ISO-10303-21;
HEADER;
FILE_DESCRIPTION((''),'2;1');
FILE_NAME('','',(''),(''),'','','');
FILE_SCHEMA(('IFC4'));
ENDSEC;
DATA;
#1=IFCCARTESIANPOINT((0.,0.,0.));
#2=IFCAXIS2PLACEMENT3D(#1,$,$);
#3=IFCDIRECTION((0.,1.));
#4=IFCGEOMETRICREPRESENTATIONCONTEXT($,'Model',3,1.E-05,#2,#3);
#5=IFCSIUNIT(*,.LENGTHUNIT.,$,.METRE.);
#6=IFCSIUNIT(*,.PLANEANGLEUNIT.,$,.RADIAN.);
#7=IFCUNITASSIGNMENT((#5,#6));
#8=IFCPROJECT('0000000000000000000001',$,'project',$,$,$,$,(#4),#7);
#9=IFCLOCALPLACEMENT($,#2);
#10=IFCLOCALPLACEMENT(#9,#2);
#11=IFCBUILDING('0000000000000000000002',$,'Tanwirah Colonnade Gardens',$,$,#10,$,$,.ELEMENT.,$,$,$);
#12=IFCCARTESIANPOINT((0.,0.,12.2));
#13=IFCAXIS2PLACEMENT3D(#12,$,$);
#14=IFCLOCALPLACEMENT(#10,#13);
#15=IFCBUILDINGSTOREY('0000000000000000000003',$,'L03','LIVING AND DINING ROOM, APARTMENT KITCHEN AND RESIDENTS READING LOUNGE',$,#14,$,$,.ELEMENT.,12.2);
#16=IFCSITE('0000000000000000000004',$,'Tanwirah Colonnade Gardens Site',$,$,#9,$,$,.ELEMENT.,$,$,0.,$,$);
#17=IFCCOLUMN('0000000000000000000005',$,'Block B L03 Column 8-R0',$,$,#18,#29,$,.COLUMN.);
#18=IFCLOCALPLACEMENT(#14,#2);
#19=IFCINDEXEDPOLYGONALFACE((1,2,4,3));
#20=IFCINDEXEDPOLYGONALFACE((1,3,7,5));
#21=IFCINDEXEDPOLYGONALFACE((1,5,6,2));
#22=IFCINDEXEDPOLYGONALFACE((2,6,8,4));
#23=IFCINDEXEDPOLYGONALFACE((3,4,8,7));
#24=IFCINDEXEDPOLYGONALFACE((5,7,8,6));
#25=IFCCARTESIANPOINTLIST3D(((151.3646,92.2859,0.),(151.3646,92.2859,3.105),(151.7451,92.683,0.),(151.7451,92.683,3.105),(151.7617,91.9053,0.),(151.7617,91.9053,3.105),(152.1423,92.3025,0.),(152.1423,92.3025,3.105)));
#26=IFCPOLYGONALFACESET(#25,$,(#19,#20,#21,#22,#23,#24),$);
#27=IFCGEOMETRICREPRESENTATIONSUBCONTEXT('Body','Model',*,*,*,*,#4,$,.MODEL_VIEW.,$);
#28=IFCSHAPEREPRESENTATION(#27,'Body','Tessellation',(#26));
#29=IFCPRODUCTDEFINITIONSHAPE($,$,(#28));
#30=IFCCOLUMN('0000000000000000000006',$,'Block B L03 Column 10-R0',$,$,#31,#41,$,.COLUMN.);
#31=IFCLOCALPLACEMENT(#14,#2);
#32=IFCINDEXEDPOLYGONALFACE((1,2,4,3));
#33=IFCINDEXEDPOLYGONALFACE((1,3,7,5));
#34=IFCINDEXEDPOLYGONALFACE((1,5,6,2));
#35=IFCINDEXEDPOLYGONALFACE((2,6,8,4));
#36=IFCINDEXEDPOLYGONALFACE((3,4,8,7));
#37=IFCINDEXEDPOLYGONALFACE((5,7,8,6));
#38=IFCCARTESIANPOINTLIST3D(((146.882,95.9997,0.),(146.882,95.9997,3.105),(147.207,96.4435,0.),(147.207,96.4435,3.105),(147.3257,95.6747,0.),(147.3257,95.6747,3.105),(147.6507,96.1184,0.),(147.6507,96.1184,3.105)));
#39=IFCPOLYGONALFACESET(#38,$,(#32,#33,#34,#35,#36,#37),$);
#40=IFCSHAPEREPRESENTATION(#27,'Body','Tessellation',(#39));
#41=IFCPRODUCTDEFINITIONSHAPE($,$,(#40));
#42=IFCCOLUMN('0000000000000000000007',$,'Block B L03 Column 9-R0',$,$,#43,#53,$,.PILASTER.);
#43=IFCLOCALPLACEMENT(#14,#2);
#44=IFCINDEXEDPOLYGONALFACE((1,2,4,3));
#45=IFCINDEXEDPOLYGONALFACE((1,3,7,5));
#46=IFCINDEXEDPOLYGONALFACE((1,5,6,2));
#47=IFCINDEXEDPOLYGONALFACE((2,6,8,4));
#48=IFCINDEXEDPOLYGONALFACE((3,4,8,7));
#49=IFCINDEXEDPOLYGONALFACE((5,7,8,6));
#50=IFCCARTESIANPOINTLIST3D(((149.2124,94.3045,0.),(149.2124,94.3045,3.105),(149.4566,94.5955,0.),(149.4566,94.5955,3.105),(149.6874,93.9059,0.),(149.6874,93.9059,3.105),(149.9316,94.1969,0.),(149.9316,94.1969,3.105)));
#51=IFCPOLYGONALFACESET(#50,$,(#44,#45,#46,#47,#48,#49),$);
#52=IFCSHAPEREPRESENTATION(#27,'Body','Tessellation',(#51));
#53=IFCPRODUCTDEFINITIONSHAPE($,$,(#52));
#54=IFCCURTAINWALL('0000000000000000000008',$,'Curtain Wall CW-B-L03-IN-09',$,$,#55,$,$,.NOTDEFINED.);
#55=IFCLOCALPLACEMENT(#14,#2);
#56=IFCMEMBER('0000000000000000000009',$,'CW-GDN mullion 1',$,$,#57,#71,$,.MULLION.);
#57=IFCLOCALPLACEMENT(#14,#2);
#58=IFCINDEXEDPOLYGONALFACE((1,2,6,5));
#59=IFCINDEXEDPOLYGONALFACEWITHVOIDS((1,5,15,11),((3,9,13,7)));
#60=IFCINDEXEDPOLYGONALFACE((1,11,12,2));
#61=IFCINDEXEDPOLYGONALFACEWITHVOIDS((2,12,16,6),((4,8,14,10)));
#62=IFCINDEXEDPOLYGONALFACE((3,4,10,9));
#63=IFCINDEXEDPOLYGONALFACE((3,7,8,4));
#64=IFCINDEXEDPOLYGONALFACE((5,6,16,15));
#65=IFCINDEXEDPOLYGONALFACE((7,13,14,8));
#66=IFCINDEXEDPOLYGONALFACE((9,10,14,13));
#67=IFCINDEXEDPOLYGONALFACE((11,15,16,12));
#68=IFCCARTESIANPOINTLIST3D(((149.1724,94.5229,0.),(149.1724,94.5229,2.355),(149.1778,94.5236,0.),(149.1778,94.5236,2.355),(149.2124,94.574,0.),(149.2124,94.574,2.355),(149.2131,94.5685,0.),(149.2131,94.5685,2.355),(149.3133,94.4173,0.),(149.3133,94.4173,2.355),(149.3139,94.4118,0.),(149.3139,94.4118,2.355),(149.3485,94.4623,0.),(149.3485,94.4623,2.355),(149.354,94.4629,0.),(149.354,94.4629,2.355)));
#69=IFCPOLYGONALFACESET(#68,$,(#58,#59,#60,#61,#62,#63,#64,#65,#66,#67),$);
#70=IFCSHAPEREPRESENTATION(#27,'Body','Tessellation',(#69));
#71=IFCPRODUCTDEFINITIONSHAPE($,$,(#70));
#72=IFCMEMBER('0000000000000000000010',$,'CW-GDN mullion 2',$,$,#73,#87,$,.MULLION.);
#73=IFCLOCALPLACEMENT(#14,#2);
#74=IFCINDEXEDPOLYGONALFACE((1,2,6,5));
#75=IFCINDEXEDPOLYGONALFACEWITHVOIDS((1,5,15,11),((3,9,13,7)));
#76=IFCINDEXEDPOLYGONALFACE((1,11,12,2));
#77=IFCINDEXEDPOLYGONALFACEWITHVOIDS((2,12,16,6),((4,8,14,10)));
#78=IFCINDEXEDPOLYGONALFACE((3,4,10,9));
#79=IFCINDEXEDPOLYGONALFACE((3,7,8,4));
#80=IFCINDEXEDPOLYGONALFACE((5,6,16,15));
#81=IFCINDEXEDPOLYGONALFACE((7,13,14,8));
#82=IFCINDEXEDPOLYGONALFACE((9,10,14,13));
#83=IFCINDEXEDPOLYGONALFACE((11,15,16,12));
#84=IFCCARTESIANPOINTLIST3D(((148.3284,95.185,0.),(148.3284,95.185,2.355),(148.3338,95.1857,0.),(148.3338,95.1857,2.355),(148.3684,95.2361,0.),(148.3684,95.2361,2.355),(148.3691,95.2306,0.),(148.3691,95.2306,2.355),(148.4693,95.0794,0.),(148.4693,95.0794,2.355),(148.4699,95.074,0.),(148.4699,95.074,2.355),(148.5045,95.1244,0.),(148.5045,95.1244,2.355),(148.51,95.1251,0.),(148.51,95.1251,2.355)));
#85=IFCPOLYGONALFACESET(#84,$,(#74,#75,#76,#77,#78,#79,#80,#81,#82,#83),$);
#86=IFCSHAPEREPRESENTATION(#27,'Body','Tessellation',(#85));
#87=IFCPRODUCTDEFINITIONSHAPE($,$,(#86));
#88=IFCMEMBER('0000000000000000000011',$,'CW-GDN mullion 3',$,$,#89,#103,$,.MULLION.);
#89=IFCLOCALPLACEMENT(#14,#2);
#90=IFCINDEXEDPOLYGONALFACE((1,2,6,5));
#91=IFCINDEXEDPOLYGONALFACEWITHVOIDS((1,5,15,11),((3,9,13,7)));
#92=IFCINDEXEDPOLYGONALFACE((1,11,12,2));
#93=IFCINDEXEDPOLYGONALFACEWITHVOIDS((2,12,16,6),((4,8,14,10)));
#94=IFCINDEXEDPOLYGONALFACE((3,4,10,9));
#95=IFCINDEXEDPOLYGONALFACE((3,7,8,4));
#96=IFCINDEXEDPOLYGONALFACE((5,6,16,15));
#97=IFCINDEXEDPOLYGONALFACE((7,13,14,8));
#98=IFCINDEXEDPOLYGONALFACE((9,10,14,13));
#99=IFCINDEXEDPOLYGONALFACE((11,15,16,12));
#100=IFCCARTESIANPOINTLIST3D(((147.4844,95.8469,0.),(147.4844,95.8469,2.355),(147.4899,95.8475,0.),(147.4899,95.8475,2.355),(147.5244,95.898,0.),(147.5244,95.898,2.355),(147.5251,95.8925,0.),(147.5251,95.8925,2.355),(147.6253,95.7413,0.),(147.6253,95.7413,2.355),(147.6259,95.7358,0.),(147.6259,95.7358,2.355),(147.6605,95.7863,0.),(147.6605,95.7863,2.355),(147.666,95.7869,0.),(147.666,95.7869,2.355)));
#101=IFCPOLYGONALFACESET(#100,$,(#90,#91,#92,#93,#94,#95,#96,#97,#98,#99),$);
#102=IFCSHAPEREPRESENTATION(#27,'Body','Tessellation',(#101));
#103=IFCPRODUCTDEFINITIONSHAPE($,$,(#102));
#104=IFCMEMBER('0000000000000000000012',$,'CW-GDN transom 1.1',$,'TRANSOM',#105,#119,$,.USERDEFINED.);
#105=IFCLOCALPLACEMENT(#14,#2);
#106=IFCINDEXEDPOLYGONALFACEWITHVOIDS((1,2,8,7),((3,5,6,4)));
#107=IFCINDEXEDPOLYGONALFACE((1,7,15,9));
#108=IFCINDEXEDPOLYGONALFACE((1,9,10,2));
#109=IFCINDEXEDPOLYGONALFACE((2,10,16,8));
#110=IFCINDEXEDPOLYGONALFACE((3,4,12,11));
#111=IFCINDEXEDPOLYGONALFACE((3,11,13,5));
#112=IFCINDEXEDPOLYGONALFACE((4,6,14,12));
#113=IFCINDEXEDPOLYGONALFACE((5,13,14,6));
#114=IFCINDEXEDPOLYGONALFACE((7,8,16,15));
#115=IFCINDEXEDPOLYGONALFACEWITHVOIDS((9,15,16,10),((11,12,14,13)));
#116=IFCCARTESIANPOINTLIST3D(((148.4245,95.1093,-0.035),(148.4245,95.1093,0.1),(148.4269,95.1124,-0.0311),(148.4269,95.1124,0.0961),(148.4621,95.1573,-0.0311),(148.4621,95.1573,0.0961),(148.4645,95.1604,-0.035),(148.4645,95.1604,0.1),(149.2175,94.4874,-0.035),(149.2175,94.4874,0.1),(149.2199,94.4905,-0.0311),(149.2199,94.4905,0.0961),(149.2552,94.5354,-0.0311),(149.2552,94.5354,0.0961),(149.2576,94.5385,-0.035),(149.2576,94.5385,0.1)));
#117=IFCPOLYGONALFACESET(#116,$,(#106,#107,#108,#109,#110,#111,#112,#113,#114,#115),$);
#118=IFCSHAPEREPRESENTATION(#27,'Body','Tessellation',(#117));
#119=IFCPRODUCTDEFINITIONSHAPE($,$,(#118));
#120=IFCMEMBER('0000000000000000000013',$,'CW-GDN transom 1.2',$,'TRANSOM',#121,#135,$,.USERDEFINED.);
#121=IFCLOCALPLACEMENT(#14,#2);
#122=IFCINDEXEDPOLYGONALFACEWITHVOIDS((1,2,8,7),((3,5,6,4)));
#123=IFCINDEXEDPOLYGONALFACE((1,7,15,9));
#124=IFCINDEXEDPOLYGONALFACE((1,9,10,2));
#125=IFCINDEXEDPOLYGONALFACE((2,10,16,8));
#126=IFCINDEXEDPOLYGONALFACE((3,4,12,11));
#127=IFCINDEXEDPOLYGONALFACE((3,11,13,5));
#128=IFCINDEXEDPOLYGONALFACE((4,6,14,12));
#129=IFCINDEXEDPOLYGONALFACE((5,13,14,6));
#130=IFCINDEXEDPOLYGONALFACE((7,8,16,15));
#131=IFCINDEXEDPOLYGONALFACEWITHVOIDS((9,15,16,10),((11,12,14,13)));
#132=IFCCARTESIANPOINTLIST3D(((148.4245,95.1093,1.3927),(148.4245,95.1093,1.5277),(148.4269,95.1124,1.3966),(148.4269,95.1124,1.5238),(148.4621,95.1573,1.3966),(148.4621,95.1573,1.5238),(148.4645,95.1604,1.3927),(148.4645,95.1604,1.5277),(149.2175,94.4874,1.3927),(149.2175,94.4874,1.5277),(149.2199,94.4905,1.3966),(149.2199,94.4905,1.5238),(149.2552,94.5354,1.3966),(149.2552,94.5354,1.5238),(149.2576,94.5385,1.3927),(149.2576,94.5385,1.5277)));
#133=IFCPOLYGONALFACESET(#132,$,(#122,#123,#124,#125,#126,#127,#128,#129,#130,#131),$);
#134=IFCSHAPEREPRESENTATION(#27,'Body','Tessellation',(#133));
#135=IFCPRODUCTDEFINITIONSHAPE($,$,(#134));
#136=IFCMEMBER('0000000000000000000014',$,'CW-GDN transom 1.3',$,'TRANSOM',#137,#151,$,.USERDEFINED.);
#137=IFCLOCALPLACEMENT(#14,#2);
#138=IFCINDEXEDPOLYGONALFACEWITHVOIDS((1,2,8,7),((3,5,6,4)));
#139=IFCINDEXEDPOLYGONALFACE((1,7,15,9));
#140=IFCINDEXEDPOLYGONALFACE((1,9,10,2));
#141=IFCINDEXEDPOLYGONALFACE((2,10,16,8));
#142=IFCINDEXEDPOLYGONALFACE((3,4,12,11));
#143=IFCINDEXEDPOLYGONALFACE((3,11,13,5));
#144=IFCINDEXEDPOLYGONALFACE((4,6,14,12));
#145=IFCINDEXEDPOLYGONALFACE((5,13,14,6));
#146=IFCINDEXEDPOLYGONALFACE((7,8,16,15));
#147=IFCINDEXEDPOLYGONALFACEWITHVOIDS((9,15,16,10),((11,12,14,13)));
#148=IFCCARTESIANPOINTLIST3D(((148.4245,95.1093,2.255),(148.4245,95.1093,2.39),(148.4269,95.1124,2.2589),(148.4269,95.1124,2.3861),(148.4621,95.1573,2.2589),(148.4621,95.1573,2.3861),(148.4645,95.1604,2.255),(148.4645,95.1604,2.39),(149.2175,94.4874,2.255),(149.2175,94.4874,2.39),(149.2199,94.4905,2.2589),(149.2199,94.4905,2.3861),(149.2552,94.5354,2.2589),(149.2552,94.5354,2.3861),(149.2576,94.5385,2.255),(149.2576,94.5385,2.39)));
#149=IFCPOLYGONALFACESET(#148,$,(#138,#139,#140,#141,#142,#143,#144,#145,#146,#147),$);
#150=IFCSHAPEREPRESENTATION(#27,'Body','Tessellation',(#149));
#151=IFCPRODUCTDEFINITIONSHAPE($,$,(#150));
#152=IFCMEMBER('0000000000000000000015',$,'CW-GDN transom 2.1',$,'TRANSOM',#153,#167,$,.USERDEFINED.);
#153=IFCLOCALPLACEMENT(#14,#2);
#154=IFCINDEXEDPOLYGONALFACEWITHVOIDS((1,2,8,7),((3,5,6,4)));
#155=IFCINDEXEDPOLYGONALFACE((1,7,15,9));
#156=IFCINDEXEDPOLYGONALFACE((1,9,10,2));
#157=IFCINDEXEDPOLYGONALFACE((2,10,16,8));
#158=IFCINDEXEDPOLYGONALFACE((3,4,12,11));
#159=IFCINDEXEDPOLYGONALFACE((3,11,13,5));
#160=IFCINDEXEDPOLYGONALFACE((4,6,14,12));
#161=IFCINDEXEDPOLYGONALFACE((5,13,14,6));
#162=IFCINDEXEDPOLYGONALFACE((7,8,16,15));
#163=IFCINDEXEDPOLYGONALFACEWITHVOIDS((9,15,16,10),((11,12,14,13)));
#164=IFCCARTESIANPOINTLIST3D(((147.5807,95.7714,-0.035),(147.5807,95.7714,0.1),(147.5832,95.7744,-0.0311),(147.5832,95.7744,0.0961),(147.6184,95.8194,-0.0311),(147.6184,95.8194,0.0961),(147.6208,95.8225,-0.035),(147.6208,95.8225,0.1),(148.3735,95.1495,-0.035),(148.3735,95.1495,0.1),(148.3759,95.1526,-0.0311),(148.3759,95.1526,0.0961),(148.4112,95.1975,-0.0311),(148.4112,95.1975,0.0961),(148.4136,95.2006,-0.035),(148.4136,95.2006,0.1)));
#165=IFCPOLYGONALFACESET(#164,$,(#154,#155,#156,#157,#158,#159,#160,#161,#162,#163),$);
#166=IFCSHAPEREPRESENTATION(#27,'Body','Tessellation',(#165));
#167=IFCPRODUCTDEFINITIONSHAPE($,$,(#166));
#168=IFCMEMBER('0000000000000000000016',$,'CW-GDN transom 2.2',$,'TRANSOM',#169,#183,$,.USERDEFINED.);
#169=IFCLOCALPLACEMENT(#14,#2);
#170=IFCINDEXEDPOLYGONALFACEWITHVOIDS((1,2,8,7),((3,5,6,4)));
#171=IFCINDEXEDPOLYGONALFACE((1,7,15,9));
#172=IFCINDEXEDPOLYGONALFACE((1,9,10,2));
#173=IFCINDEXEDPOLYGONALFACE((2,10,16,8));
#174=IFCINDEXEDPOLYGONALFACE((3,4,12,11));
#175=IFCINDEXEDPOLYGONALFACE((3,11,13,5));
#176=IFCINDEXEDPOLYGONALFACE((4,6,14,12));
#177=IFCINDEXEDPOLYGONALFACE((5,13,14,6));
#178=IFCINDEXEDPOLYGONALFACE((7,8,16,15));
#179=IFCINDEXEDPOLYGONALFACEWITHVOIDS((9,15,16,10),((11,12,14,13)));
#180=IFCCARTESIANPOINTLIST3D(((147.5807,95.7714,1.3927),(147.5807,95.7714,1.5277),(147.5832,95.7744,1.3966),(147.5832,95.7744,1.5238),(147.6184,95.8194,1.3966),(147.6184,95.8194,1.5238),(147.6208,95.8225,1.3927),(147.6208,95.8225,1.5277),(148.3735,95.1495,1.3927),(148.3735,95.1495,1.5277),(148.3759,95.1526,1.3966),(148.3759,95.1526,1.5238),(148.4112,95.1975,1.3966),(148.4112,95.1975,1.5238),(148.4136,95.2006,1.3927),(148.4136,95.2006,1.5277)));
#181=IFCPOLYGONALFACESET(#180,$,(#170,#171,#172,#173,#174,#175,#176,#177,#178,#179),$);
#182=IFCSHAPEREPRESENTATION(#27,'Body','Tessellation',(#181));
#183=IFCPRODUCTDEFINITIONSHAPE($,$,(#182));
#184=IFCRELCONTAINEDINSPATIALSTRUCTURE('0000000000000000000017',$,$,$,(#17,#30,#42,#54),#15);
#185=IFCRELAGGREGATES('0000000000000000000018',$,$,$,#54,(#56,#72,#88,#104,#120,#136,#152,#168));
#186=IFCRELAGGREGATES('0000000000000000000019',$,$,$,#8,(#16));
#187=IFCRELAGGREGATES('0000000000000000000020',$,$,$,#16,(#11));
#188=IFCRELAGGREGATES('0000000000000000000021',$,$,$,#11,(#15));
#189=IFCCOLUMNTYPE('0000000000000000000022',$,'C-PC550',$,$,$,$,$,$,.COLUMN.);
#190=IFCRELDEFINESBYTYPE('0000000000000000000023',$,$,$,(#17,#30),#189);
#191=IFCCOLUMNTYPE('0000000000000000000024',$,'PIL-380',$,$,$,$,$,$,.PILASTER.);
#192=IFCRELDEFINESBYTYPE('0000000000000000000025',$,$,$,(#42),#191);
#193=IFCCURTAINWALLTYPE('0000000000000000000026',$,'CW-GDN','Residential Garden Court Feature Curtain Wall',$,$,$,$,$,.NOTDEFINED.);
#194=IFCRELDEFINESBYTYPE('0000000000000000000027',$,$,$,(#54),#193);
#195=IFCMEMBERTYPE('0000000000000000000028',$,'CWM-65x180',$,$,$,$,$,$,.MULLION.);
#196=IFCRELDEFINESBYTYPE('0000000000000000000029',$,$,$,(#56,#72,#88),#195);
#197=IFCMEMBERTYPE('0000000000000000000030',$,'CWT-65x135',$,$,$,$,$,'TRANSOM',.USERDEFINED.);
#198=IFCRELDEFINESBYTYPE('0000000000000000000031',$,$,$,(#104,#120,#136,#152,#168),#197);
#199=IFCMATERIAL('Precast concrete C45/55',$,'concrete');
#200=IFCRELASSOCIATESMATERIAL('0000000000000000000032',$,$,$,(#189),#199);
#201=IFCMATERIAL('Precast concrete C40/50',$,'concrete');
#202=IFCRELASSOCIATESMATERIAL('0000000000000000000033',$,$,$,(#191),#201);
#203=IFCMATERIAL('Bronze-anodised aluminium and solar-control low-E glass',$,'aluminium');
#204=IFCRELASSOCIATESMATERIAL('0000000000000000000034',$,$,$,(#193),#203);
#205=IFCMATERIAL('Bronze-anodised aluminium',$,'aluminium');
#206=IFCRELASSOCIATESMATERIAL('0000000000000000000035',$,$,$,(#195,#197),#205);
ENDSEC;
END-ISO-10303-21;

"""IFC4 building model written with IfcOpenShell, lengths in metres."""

from ifc_helpers import new_model, si_unit, direction, frame, origin, origin_2d, place, context, subcontext, project, spatial, rectangle, hollow_rectangle, extrude, material, material_profile, profile_set, type_object, element, aggregate, save


model = new_model("IFC4")

# Units and contexts
model_context = context("Model", 3, precision=1e-05, world=origin(), true_north=direction((0.0, 1.0)))
body_context = subcontext(model_context, "Body", "Model", "MODEL_VIEW")
ifc_project = project(units=[si_unit("LENGTHUNIT", "METRE"), si_unit("PLANEANGLEUNIT", "RADIAN")], contexts=[model_context])

# Site, building, storey
site_placement = place(None, origin())
site = spatial("IfcSite", under=ifc_project, at=site_placement, Name="Tanwirah Colonnade Gardens Site", CompositionType="ELEMENT", RefElevation=0.0)
building_placement = place(site_placement, origin())
building = spatial("IfcBuilding", under=site, at=building_placement, Name="Tanwirah Colonnade Gardens", CompositionType="ELEMENT")
storey_placement = place(building_placement, frame((0.0, 0.0, 12.2)))
storey = spatial("IfcBuildingStorey", under=building, at=storey_placement, Name="L03", Description="LIVING AND DINING ROOM, APARTMENT KITCHEN AND RESIDENTS READING LOUNGE", CompositionType="ELEMENT", Elevation=12.2)

# Columns
ifc_material_1 = material(Name="Precast concrete C45/55", Category="concrete")
ifc_material_profile_1 = material_profile(ifc_material_1, rectangle(XDim=0.55, YDim=0.55, at=origin_2d()), Name="PC-COL 550x550")
ifc_profile_set_1 = profile_set([ifc_material_profile_1], Name="Precast concrete C45/55")
column_type_1 = type_object("IfcColumnType", Name="C-PC550", PredefinedType="COLUMN", material=ifc_profile_set_1)
for number, where, z_axis, x_axis, name in (
    (1, (151.7534, 92.2942, 0.0), (0.0, 0.0, 1.0), (0.691863, 0.722029, 0.0), "Block B L03 Column 8-R0"),
    (2, (147.2664, 96.0591, 0.0), (0.0, 0.0, 1.0), (0.590919, 0.806731, 0.0), "Block B L03 Column 10-R0"),
):
    element("IfcColumn", number, at=place(storey_placement, frame(where, z_axis=z_axis, x_axis=x_axis)), inside=storey, type_object=column_type_1, Name=name, PredefinedType="COLUMN", context=body_context, shape_type="SweptSolid", body=[
        extrude(rectangle(XDim=0.55, YDim=0.55, at=origin_2d()), origin(), (0.0, 0.0, 1.0), 3.105),
    ])
ifc_material_2 = material(Name="Precast concrete C40/50", Category="concrete")
ifc_material_profile_2 = material_profile(ifc_material_2, rectangle(XDim=0.3799, YDim=0.6201, at=origin_2d()), Name="PC-PIL 380x620")
ifc_profile_set_2 = profile_set([ifc_material_profile_2], Name="Precast concrete C40/50")
column_type_2 = type_object("IfcColumnType", Name="PIL-380", PredefinedType="PILASTER", material=ifc_profile_set_2)
column_placement = place(storey_placement, frame((149.572, 94.2507, 0.0), z_axis=(0.0, 0.0, 1.0), x_axis=(0.642788, 0.766044, 0.0)))
element("IfcColumn", 3, at=column_placement, inside=storey, type_object=column_type_2, Name="Block B L03 Column 9-R0", PredefinedType="PILASTER", context=body_context, shape_type="SweptSolid", body=[
    extrude(rectangle(XDim=0.3799, YDim=0.6201, at=origin_2d()), origin(), (0.0, 0.0, 1.0), 3.105),
])

# Curtain wall, members
ifc_material_3 = material(Name="Bronze-anodised aluminium and solar-control low-E glass", Category="aluminium")
curtain_wall_type = type_object("IfcCurtainWallType", Name="CW-GDN", Description="Residential Garden Court Feature Curtain Wall", PredefinedType="NOTDEFINED", material=ifc_material_3)
curtain_wall_placement = place(storey_placement, origin())
curtain_wall = element("IfcCurtainWall", 4, at=curtain_wall_placement, inside=storey, type_object=curtain_wall_type, Name="Curtain Wall CW-B-L03-IN-09", PredefinedType="NOTDEFINED")
ifc_material_4 = material(Name="Bronze-anodised aluminium", Category="aluminium")
ifc_material_profile_3 = material_profile(ifc_material_4, hollow_rectangle(XDim=0.0649, YDim=0.1799, WallThickness=0.0039, at=origin_2d()), Name="CW-MUL 65x180x4")
ifc_profile_set_3 = profile_set([ifc_material_profile_3], Name="Bronze-anodised aluminium")
member_type_1 = type_object("IfcMemberType", Name="CWM-65x180", PredefinedType="MULLION", material=ifc_profile_set_3)
member_1_placement = place(storey_placement, frame((149.2632, 94.4929, 0.0), z_axis=(0.0, 0.0, 1.0), x_axis=(-0.617189, -0.786815, 0.0)))
member_1 = element("IfcMember", 5, at=member_1_placement, type_object=member_type_1, Name="CW-GDN mullion 1", PredefinedType="MULLION", context=body_context, shape_type="SweptSolid", body=[
    extrude(hollow_rectangle(XDim=0.0649, YDim=0.1799, WallThickness=0.0039, at=origin_2d()), origin(), (0.0, 0.0, 1.0), 2.355),
])
member_2_placement = place(storey_placement, frame((148.4192, 95.155, 0.0), z_axis=(0.0, 0.0, 1.0), x_axis=(-0.617189, -0.786815, 0.0)))
member_2 = element("IfcMember", 6, at=member_2_placement, type_object=member_type_1, Name="CW-GDN mullion 2", PredefinedType="MULLION", context=body_context, shape_type="SweptSolid", body=[
    extrude(hollow_rectangle(XDim=0.0649, YDim=0.1799, WallThickness=0.0039, at=origin_2d()), origin(), (0.0, 0.0, 1.0), 2.355),
])
member_3_placement = place(storey_placement, frame((147.5752, 95.8169, 0.0), z_axis=(0.0, 0.0, 1.0), x_axis=(-0.617189, -0.786815, 0.0)))
member_3 = element("IfcMember", 7, at=member_3_placement, type_object=member_type_1, Name="CW-GDN mullion 3", PredefinedType="MULLION", context=body_context, shape_type="SweptSolid", body=[
    extrude(hollow_rectangle(XDim=0.0649, YDim=0.1799, WallThickness=0.0039, at=origin_2d()), origin(), (0.0, 0.0, 1.0), 2.355),
])
ifc_material_profile_4 = material_profile(ifc_material_4, hollow_rectangle(XDim=0.0649, YDim=0.135, WallThickness=0.0039, at=origin_2d()), Name="CW-TRN 65x135x4")
ifc_profile_set_4 = profile_set([ifc_material_profile_4], Name="Bronze-anodised aluminium")
member_type_2 = type_object("IfcMemberType", Name="CWT-65x135", ElementType="TRANSOM", PredefinedType="USERDEFINED", material=ifc_profile_set_4)
member_4_placement = place(storey_placement, frame((149.2375, 94.5129, 0.0325), z_axis=(-0.786906, 0.617072, 0.0), x_axis=(-0.617072, -0.786906, 0.0)))
member_4 = element("IfcMember", 8, at=member_4_placement, type_object=member_type_2, Name="CW-GDN transom 1.1", ObjectType="TRANSOM", PredefinedType="USERDEFINED", context=body_context, shape_type="SweptSolid", body=[
    extrude(hollow_rectangle(XDim=0.0649, YDim=0.135, WallThickness=0.0039, at=origin_2d()), origin(), (0.0, 0.0, 1.0), 1.0078),
])
member_5_placement = place(storey_placement, frame((149.2375, 94.5129, 1.4602), z_axis=(-0.786906, 0.617072, 0.0), x_axis=(-0.617072, -0.786906, 0.0)))
member_5 = element("IfcMember", 9, at=member_5_placement, type_object=member_type_2, Name="CW-GDN transom 1.2", ObjectType="TRANSOM", PredefinedType="USERDEFINED", context=body_context, shape_type="SweptSolid", body=[
    extrude(hollow_rectangle(XDim=0.0649, YDim=0.135, WallThickness=0.0039, at=origin_2d()), origin(), (0.0, 0.0, 1.0), 1.0078),
])
member_6_placement = place(storey_placement, frame((149.2375, 94.5129, 2.3225), z_axis=(-0.786906, 0.617072, 0.0), x_axis=(-0.617072, -0.786906, 0.0)))
member_6 = element("IfcMember", 10, at=member_6_placement, type_object=member_type_2, Name="CW-GDN transom 1.3", ObjectType="TRANSOM", PredefinedType="USERDEFINED", context=body_context, shape_type="SweptSolid", body=[
    extrude(hollow_rectangle(XDim=0.0649, YDim=0.135, WallThickness=0.0039, at=origin_2d()), origin(), (0.0, 0.0, 1.0), 1.0078),
])
member_7_placement = place(storey_placement, frame((148.3936, 95.175, 0.0325), z_axis=(-0.786814, 0.61719, 0.0), x_axis=(-0.61719, -0.786814, 0.0)))
member_7 = element("IfcMember", 11, at=member_7_placement, type_object=member_type_2, Name="CW-GDN transom 2.1", ObjectType="TRANSOM", PredefinedType="USERDEFINED", context=body_context, shape_type="SweptSolid", body=[
    extrude(hollow_rectangle(XDim=0.0649, YDim=0.135, WallThickness=0.0039, at=origin_2d()), origin(), (0.0, 0.0, 1.0), 1.0076),
])
member_8_placement = place(storey_placement, frame((148.3936, 95.175, 1.4602), z_axis=(-0.786814, 0.61719, 0.0), x_axis=(-0.61719, -0.786814, 0.0)))
member_8 = element("IfcMember", 12, at=member_8_placement, type_object=member_type_2, Name="CW-GDN transom 2.2", ObjectType="TRANSOM", PredefinedType="USERDEFINED", context=body_context, shape_type="SweptSolid", body=[
    extrude(hollow_rectangle(XDim=0.0649, YDim=0.135, WallThickness=0.0039, at=origin_2d()), origin(), (0.0, 0.0, 1.0), 1.0076),
])

aggregate(curtain_wall, [member_1, member_2, member_3, member_4, member_5, member_6, member_7, member_8])

save(model, "model.ifc")
